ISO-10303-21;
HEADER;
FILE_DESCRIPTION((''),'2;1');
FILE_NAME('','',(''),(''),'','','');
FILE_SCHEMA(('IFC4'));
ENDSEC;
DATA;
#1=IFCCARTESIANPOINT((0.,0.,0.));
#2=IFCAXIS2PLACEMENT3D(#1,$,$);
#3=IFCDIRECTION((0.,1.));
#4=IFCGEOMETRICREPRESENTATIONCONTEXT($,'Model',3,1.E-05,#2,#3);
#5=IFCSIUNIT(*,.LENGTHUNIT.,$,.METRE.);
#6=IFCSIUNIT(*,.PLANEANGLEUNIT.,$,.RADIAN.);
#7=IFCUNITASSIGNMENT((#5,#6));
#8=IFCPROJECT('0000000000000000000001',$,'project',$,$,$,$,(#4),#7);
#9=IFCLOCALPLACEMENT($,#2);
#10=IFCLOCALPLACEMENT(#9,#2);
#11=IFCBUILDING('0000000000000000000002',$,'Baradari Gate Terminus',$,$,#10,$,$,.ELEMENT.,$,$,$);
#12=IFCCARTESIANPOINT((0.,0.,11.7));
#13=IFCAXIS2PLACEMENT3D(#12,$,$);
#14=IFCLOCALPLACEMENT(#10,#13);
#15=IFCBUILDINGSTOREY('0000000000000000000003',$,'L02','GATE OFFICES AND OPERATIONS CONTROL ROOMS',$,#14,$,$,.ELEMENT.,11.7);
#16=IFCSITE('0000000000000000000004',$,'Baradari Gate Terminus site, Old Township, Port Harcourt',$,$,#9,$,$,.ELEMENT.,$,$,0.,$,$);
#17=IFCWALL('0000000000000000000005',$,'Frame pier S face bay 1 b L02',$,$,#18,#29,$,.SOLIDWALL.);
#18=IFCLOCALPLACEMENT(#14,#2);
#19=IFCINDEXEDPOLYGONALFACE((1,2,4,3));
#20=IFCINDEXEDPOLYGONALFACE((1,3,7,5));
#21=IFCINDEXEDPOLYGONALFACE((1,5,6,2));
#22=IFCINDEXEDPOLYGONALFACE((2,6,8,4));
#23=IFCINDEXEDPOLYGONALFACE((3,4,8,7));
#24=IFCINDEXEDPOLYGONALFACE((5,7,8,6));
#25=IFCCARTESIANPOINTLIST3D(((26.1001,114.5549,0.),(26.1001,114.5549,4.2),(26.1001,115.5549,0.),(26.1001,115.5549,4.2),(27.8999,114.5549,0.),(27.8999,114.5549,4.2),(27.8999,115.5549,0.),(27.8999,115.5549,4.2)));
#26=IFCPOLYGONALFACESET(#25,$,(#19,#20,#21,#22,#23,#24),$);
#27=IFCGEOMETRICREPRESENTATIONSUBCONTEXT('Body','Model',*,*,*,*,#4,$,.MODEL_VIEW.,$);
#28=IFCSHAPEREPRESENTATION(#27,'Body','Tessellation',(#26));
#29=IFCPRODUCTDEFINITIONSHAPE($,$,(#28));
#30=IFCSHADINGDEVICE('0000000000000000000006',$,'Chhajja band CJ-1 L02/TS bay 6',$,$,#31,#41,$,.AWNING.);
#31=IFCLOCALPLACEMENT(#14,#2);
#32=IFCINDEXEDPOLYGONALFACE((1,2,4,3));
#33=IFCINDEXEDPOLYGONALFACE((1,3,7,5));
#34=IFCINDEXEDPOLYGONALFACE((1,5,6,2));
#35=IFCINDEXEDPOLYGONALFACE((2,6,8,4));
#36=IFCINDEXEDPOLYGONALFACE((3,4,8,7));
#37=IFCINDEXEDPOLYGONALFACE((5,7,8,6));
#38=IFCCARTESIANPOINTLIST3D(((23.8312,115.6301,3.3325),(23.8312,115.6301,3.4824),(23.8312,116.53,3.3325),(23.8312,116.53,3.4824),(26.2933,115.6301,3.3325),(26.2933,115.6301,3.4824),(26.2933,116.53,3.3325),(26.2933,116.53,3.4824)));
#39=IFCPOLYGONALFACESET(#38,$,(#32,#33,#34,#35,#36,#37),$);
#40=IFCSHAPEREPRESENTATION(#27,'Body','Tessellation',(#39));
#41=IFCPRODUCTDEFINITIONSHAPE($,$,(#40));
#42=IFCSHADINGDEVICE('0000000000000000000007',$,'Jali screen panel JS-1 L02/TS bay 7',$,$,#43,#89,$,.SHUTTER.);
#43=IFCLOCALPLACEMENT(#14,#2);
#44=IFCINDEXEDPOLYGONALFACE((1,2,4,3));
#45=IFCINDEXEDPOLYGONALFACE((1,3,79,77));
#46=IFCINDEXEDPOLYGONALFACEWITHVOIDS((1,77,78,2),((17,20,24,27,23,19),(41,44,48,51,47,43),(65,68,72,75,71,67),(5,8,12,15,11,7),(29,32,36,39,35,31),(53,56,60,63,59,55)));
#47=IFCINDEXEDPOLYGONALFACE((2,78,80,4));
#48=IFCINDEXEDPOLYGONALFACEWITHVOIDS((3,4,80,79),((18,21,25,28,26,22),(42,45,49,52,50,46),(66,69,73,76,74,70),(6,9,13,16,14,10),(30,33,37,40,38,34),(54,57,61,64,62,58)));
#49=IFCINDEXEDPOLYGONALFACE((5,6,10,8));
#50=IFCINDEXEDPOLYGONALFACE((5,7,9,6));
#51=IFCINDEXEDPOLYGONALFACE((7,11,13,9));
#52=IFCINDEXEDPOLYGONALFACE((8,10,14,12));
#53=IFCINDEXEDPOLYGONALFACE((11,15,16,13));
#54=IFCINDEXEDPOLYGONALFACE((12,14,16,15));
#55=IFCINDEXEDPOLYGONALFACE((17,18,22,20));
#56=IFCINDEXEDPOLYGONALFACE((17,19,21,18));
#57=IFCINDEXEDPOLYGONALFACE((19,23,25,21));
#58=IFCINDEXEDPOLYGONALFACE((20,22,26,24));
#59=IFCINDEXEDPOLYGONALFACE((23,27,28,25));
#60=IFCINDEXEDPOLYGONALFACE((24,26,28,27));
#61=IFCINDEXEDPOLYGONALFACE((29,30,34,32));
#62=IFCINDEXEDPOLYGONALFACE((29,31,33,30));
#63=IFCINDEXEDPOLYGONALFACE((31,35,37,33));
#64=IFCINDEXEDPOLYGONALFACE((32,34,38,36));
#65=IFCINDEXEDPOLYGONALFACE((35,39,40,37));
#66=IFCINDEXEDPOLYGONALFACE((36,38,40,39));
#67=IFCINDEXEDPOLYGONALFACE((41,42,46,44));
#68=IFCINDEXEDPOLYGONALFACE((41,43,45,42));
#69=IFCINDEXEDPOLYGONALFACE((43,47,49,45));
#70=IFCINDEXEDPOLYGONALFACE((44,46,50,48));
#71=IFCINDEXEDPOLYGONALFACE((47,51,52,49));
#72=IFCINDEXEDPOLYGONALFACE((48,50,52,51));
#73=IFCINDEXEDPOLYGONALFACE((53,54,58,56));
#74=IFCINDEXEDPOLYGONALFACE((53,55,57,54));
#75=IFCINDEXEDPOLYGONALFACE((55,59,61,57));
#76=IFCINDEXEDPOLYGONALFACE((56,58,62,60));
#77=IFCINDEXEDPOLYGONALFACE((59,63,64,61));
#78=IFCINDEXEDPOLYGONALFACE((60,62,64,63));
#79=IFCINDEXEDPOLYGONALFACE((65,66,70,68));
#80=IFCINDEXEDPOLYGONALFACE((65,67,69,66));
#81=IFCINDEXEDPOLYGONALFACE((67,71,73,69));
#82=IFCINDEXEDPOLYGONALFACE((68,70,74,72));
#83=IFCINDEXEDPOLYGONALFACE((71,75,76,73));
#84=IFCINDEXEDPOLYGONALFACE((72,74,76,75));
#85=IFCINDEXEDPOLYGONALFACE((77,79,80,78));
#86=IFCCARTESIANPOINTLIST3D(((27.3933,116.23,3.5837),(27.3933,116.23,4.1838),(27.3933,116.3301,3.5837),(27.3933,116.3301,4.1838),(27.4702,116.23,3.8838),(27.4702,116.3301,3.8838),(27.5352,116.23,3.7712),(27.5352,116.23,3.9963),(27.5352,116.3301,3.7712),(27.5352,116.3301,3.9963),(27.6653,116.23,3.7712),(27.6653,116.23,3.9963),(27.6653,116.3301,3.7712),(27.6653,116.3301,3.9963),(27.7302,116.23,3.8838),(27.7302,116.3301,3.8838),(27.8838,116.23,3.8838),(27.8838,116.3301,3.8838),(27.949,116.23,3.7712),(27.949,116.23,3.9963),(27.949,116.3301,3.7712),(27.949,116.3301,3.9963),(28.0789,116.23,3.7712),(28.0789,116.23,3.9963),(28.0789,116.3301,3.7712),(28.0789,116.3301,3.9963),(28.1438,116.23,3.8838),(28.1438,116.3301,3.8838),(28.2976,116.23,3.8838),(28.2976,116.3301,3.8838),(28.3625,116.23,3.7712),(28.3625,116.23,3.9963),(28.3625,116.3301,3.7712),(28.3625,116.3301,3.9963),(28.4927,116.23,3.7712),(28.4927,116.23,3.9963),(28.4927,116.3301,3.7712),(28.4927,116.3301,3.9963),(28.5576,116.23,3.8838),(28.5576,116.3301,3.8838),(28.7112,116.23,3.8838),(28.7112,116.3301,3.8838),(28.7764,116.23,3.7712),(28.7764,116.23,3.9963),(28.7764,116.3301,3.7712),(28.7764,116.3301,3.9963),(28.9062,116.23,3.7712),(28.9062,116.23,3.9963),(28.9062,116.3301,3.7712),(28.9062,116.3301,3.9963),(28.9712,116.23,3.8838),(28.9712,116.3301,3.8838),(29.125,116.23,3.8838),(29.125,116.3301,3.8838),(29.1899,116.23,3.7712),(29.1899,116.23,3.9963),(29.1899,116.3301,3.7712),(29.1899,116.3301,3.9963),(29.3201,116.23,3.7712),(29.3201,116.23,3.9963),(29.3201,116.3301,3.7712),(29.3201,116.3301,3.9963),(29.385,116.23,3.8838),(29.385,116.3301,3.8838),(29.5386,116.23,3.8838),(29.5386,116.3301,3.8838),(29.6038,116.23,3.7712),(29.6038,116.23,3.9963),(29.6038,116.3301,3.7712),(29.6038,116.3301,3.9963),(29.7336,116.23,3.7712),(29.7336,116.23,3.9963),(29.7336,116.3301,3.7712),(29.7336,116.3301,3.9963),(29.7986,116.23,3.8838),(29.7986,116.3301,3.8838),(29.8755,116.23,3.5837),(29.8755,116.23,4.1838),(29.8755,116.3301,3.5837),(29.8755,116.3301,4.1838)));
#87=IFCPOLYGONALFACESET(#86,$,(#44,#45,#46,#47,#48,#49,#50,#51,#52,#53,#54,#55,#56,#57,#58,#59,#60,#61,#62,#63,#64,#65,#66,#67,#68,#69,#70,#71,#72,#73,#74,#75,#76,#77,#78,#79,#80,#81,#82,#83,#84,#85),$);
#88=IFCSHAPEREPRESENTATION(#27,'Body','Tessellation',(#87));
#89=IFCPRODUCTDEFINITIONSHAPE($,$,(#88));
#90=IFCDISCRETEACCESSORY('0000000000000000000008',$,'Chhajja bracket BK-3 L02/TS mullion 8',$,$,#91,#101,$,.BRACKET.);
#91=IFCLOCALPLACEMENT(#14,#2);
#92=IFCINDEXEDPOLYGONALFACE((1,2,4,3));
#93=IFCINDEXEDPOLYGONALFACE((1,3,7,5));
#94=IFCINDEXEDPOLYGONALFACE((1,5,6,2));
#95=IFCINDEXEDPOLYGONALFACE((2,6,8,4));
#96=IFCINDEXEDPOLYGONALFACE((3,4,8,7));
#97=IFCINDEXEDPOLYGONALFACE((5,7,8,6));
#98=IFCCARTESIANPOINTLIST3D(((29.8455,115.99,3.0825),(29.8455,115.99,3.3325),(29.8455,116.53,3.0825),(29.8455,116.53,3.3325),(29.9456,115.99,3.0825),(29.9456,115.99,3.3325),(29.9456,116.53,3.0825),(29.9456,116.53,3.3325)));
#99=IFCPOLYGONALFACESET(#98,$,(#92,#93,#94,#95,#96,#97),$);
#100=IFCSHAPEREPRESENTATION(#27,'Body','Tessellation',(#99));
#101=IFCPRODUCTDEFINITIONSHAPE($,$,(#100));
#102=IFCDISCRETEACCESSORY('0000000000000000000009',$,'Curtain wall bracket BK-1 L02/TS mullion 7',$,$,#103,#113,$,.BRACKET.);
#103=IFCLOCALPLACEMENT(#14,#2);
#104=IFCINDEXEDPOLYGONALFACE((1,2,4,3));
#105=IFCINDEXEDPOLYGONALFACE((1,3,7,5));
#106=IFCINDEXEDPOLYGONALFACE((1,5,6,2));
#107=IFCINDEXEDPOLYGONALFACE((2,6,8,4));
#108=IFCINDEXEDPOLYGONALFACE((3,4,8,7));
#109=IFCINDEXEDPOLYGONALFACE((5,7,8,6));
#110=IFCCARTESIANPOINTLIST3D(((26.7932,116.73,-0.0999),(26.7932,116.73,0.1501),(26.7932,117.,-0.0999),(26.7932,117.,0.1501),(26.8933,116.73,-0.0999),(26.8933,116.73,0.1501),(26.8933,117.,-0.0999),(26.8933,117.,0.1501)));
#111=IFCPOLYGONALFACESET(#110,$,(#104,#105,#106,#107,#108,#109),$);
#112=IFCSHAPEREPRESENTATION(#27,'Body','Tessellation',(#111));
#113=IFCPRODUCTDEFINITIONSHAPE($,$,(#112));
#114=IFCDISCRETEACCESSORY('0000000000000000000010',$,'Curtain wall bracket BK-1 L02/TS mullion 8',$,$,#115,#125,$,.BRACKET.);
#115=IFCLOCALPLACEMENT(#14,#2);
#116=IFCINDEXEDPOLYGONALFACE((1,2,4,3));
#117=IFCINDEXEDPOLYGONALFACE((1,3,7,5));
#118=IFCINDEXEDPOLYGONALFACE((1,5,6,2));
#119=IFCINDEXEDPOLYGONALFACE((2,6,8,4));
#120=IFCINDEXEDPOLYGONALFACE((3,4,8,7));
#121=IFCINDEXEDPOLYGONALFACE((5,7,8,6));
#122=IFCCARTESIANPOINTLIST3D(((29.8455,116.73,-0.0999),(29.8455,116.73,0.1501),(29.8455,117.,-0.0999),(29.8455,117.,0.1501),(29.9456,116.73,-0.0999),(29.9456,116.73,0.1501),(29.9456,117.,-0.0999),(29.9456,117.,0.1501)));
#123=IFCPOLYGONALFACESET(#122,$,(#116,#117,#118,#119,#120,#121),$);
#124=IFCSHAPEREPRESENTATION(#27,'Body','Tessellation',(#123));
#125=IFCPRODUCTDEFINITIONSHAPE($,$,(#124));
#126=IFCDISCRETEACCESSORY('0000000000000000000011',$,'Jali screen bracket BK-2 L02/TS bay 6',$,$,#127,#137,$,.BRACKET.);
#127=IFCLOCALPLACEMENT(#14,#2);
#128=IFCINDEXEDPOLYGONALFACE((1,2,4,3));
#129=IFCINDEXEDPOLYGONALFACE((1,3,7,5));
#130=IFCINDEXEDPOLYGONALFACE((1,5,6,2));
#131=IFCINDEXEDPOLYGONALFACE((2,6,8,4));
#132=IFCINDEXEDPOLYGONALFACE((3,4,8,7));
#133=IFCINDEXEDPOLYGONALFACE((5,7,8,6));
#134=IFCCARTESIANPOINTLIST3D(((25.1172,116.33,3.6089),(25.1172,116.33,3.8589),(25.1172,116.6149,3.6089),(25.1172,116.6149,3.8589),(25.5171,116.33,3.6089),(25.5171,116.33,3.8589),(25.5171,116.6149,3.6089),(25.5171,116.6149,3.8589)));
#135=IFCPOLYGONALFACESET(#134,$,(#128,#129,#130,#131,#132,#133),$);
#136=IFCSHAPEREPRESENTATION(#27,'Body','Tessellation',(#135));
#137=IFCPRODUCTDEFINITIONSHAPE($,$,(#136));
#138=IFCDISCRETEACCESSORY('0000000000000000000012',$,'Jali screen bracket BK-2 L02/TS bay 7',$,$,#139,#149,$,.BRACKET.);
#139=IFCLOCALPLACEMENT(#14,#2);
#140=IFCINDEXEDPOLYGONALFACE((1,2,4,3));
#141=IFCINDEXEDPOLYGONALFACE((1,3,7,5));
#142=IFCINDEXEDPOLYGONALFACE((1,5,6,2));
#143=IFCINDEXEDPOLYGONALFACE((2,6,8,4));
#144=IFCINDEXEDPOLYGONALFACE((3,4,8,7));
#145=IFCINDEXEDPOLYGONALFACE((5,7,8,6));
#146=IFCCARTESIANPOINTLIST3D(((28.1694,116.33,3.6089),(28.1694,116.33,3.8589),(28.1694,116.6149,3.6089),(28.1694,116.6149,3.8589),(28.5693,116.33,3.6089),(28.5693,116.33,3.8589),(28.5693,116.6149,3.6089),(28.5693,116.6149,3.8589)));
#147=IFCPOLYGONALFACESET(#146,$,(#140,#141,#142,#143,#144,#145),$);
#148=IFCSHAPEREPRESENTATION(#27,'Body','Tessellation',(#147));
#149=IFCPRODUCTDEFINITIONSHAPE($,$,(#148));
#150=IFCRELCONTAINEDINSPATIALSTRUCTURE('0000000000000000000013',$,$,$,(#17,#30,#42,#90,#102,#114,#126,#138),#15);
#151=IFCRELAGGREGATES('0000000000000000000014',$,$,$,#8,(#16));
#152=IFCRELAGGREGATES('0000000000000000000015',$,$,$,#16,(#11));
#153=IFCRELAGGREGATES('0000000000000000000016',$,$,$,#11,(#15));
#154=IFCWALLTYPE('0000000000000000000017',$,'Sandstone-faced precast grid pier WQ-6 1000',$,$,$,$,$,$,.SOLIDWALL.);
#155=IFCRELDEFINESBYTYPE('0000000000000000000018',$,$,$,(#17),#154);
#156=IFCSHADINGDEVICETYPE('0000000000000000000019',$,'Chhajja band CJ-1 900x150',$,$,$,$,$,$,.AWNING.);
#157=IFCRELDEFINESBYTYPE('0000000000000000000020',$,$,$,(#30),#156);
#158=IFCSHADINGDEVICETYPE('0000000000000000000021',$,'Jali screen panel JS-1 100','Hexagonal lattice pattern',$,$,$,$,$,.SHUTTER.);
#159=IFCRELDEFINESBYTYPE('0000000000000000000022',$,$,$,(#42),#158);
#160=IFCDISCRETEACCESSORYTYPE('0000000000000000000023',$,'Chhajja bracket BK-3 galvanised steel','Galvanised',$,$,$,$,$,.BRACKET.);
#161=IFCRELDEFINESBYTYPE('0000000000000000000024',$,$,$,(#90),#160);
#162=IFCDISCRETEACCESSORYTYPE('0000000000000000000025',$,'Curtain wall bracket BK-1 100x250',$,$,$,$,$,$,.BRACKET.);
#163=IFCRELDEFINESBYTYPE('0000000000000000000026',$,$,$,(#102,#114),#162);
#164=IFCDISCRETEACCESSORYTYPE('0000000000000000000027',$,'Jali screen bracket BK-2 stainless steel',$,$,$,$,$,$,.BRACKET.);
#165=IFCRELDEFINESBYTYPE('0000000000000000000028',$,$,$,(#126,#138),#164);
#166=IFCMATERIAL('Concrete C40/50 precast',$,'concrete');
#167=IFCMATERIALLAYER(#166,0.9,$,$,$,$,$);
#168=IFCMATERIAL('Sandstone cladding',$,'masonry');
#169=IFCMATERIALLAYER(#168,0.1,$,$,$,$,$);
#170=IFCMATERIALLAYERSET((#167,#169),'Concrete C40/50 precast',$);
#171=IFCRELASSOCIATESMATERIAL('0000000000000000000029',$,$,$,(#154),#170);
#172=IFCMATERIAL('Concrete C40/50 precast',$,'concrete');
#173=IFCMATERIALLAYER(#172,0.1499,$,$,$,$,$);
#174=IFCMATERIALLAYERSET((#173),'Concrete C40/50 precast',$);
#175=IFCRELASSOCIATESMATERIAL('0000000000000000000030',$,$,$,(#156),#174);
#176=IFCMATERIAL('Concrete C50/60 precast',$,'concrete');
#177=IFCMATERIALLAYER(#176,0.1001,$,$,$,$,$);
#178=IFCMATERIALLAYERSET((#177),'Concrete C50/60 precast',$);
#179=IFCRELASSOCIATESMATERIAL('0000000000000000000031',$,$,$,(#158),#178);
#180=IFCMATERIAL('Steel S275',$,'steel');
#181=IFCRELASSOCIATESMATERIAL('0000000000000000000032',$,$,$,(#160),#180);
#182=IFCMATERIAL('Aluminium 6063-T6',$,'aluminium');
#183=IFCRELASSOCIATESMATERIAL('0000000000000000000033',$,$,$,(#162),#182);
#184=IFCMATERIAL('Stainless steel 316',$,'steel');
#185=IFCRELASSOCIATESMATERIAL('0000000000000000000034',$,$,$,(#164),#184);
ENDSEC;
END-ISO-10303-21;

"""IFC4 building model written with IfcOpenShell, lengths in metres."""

from ifc_helpers import new_model, si_unit, direction, frame, frame_2d, origin, origin_2d, place, context, subcontext, project, spatial, polyline, rectangle, outline, extrude, material, layer, layer_set, type_object, element, save


model = new_model("IFC4")

# Units and contexts
model_context = context("Model", 3, precision=1e-05, world=origin(), true_north=direction((0.0, 1.0)))
body_context = subcontext(model_context, "Body", "Model", "MODEL_VIEW")
ifc_project = project(units=[si_unit("LENGTHUNIT", "METRE"), si_unit("PLANEANGLEUNIT", "RADIAN")], contexts=[model_context])

# Site, building, storey
site_placement = place(None, origin())
site = spatial("IfcSite", under=ifc_project, at=site_placement, Name="Baradari Gate Terminus site, Old Township, Port Harcourt", CompositionType="ELEMENT", RefElevation=0.0)
building_placement = place(site_placement, origin())
building = spatial("IfcBuilding", under=site, at=building_placement, Name="Baradari Gate Terminus", CompositionType="ELEMENT")
storey_placement = place(building_placement, frame((0.0, 0.0, 11.7)))
storey = spatial("IfcBuildingStorey", under=building, at=storey_placement, Name="L02", Description="GATE OFFICES AND OPERATIONS CONTROL ROOMS", CompositionType="ELEMENT", Elevation=11.7)

# Wall
ifc_material_1 = material(Name="Concrete C40/50 precast", Category="concrete")
ifc_layer_1 = layer(ifc_material_1, 0.9)
ifc_material_2 = material(Name="Sandstone cladding", Category="masonry")
ifc_layer_2 = layer(ifc_material_2, 0.1)
ifc_layer_set_1 = layer_set([ifc_layer_1, ifc_layer_2], Name="Concrete C40/50 precast")
wall_type_1 = type_object("IfcWallType", Name="Sandstone-faced precast grid pier WQ-6 1000", PredefinedType="SOLIDWALL", material=ifc_layer_set_1)
wall_1_placement = place(storey_placement, frame((26.1001, 115.0549, 0.0), z_axis=(0.0, 0.0, 1.0), x_axis=(1.0, 0.0, 0.0)))
element("IfcWall", 1, at=wall_1_placement, inside=storey, type_object=wall_type_1, Name="Frame pier S face bay 1 b L02", PredefinedType="SOLIDWALL", context=body_context, shape_type="SweptSolid", body=[
    extrude(rectangle(XDim=1.7998, YDim=1.0, at=frame_2d((0.8999, 0.0))), origin(), (0.0, 0.0, 1.0), 4.2),
])

# Shading devices
ifc_material_3 = material(Name="Concrete C40/50 precast", Category="concrete")
ifc_layer_3 = layer(ifc_material_3, 0.1499)
ifc_layer_set_2 = layer_set([ifc_layer_3], Name="Concrete C40/50 precast")
shading_device_type_1 = type_object("IfcShadingDeviceType", Name="Chhajja band CJ-1 900x150", PredefinedType="AWNING", material=ifc_layer_set_2)
shading_device_1_placement = place(storey_placement, frame((25.0623, 116.0801, 3.3325), z_axis=(0.0, 0.0, 1.0), x_axis=(1.0, 0.0, 0.0)))
element("IfcShadingDevice", 2, at=shading_device_1_placement, inside=storey, type_object=shading_device_type_1, Name="Chhajja band CJ-1 L02/TS bay 6", PredefinedType="AWNING", context=body_context, shape_type="SweptSolid", body=[
    extrude(rectangle(XDim=2.4622, YDim=0.8999, at=origin_2d()), origin(), (0.0, 0.0, 1.0), 0.1499),
])
ifc_material_4 = material(Name="Concrete C50/60 precast", Category="concrete")
ifc_layer_4 = layer(ifc_material_4, 0.1001)
ifc_layer_set_3 = layer_set([ifc_layer_4], Name="Concrete C50/60 precast")
shading_device_type_2 = type_object("IfcShadingDeviceType", Name="Jali screen panel JS-1 100", Description="Hexagonal lattice pattern", PredefinedType="SHUTTER", material=ifc_layer_set_3)
shading_device_2_placement = place(storey_placement, frame((27.3933, 116.28, 3.5837), z_axis=(0.0, 0.0, 1.0), x_axis=(1.0, 0.0, 0.0)))
element("IfcShadingDevice", 3, at=shading_device_2_placement, inside=storey, type_object=shading_device_type_2, Name="Jali screen panel JS-1 L02/TS bay 7", PredefinedType="SHUTTER", context=body_context, shape_type="SweptSolid", body=[
    extrude(outline(polyline([(0.0, 0.0), (2.4822, 0.0), (2.4822, 0.6001), (0.0, 0.6001), (0.0, 0.0)]), holes=[polyline([(0.3369, 0.3), (0.272, 0.1875), (0.1418, 0.1875), (0.0769, 0.3), (0.1418, 0.4126), (0.272, 0.4126), (0.3369, 0.3)]), polyline([(0.7505, 0.3), (0.6855, 0.1875), (0.5557, 0.1875), (0.4905, 0.3), (0.5557, 0.4126), (0.6855, 0.4126), (0.7505, 0.3)]), polyline([(1.1643, 0.3), (1.0994, 0.1875), (0.9692, 0.1875), (0.9043, 0.3), (0.9692, 0.4126), (1.0994, 0.4126), (1.1643, 0.3)]), polyline([(1.5779, 0.3), (1.5129, 0.1875), (1.3831, 0.1875), (1.3179, 0.3), (1.3831, 0.4126), (1.5129, 0.4126), (1.5779, 0.3)]), polyline([(1.9917, 0.3), (1.9268, 0.1875), (1.7966, 0.1875), (1.7317, 0.3), (1.7966, 0.4126), (1.9268, 0.4126), (1.9917, 0.3)]), polyline([(2.4053, 0.3), (2.3403, 0.1875), (2.2104, 0.1875), (2.1453, 0.3), (2.2104, 0.4126), (2.3403, 0.4126), (2.4053, 0.3)])]), frame((0.0, 0.05, 0.0), z_axis=(0.0, -1.0, 0.0), x_axis=(1.0, 0.0, 0.0)), (0.0, 0.0, 1.0), 0.1001),
])

# Discrete accessories
ifc_material_5 = material(Name="Steel S275", Category="steel")
discrete_accessory_type_1 = type_object("IfcDiscreteAccessoryType", Name="Chhajja bracket BK-3 galvanised steel", Description="Galvanised", PredefinedType="BRACKET", material=ifc_material_5)
discrete_accessory_placement = place(storey_placement, frame((29.8955, 116.26, 3.0825), z_axis=(0.0, 0.0, 1.0), x_axis=(0.0, -1.0, 0.0)))
element("IfcDiscreteAccessory", 4, at=discrete_accessory_placement, inside=storey, type_object=discrete_accessory_type_1, Name="Chhajja bracket BK-3 L02/TS mullion 8", PredefinedType="BRACKET", context=body_context, shape_type="SweptSolid", body=[
    extrude(rectangle(XDim=0.54, YDim=0.1001, at=origin_2d()), origin(), (0.0, 0.0, 1.0), 0.25),
])
ifc_material_6 = material(Name="Aluminium 6063-T6", Category="aluminium")
discrete_accessory_type_2 = type_object("IfcDiscreteAccessoryType", Name="Curtain wall bracket BK-1 100x250", PredefinedType="BRACKET", material=ifc_material_6)
for number, where, z_axis, x_axis, name in (
    (5, (26.8433, 116.865, -0.0999), (0.0, 0.0, 1.0), (0.0, -1.0, 0.0), "Curtain wall bracket BK-1 L02/TS mullion 7"),
    (6, (29.8955, 116.865, -0.0999), (0.0, 0.0, 1.0), (0.0, -1.0, 0.0), "Curtain wall bracket BK-1 L02/TS mullion 8"),
):
    element("IfcDiscreteAccessory", number, at=place(storey_placement, frame(where, z_axis=z_axis, x_axis=x_axis)), inside=storey, type_object=discrete_accessory_type_2, Name=name, PredefinedType="BRACKET", context=body_context, shape_type="SweptSolid", body=[
        extrude(rectangle(XDim=0.27, YDim=0.1001, at=origin_2d()), origin(), (0.0, 0.0, 1.0), 0.25),
    ])
ifc_material_7 = material(Name="Stainless steel 316", Category="steel")
discrete_accessory_type_3 = type_object("IfcDiscreteAccessoryType", Name="Jali screen bracket BK-2 stainless steel", PredefinedType="BRACKET", material=ifc_material_7)
for number, where, z_axis, x_axis, name in (
    (7, (25.3171, 116.4724, 3.6089), (0.0, 0.0, 1.0), (0.0, -1.0, 0.0), "Jali screen bracket BK-2 L02/TS bay 6"),
    (8, (28.3694, 116.4724, 3.6089), (0.0, 0.0, 1.0), (0.0, -1.0, 0.0), "Jali screen bracket BK-2 L02/TS bay 7"),
):
    element("IfcDiscreteAccessory", number, at=place(storey_placement, frame(where, z_axis=z_axis, x_axis=x_axis)), inside=storey, type_object=discrete_accessory_type_3, Name=name, PredefinedType="BRACKET", context=body_context, shape_type="SweptSolid", body=[
        extrude(rectangle(XDim=0.2849, YDim=0.3999, at=origin_2d()), origin(), (0.0, 0.0, 1.0), 0.25),
    ])

save(model, "model.ifc")
